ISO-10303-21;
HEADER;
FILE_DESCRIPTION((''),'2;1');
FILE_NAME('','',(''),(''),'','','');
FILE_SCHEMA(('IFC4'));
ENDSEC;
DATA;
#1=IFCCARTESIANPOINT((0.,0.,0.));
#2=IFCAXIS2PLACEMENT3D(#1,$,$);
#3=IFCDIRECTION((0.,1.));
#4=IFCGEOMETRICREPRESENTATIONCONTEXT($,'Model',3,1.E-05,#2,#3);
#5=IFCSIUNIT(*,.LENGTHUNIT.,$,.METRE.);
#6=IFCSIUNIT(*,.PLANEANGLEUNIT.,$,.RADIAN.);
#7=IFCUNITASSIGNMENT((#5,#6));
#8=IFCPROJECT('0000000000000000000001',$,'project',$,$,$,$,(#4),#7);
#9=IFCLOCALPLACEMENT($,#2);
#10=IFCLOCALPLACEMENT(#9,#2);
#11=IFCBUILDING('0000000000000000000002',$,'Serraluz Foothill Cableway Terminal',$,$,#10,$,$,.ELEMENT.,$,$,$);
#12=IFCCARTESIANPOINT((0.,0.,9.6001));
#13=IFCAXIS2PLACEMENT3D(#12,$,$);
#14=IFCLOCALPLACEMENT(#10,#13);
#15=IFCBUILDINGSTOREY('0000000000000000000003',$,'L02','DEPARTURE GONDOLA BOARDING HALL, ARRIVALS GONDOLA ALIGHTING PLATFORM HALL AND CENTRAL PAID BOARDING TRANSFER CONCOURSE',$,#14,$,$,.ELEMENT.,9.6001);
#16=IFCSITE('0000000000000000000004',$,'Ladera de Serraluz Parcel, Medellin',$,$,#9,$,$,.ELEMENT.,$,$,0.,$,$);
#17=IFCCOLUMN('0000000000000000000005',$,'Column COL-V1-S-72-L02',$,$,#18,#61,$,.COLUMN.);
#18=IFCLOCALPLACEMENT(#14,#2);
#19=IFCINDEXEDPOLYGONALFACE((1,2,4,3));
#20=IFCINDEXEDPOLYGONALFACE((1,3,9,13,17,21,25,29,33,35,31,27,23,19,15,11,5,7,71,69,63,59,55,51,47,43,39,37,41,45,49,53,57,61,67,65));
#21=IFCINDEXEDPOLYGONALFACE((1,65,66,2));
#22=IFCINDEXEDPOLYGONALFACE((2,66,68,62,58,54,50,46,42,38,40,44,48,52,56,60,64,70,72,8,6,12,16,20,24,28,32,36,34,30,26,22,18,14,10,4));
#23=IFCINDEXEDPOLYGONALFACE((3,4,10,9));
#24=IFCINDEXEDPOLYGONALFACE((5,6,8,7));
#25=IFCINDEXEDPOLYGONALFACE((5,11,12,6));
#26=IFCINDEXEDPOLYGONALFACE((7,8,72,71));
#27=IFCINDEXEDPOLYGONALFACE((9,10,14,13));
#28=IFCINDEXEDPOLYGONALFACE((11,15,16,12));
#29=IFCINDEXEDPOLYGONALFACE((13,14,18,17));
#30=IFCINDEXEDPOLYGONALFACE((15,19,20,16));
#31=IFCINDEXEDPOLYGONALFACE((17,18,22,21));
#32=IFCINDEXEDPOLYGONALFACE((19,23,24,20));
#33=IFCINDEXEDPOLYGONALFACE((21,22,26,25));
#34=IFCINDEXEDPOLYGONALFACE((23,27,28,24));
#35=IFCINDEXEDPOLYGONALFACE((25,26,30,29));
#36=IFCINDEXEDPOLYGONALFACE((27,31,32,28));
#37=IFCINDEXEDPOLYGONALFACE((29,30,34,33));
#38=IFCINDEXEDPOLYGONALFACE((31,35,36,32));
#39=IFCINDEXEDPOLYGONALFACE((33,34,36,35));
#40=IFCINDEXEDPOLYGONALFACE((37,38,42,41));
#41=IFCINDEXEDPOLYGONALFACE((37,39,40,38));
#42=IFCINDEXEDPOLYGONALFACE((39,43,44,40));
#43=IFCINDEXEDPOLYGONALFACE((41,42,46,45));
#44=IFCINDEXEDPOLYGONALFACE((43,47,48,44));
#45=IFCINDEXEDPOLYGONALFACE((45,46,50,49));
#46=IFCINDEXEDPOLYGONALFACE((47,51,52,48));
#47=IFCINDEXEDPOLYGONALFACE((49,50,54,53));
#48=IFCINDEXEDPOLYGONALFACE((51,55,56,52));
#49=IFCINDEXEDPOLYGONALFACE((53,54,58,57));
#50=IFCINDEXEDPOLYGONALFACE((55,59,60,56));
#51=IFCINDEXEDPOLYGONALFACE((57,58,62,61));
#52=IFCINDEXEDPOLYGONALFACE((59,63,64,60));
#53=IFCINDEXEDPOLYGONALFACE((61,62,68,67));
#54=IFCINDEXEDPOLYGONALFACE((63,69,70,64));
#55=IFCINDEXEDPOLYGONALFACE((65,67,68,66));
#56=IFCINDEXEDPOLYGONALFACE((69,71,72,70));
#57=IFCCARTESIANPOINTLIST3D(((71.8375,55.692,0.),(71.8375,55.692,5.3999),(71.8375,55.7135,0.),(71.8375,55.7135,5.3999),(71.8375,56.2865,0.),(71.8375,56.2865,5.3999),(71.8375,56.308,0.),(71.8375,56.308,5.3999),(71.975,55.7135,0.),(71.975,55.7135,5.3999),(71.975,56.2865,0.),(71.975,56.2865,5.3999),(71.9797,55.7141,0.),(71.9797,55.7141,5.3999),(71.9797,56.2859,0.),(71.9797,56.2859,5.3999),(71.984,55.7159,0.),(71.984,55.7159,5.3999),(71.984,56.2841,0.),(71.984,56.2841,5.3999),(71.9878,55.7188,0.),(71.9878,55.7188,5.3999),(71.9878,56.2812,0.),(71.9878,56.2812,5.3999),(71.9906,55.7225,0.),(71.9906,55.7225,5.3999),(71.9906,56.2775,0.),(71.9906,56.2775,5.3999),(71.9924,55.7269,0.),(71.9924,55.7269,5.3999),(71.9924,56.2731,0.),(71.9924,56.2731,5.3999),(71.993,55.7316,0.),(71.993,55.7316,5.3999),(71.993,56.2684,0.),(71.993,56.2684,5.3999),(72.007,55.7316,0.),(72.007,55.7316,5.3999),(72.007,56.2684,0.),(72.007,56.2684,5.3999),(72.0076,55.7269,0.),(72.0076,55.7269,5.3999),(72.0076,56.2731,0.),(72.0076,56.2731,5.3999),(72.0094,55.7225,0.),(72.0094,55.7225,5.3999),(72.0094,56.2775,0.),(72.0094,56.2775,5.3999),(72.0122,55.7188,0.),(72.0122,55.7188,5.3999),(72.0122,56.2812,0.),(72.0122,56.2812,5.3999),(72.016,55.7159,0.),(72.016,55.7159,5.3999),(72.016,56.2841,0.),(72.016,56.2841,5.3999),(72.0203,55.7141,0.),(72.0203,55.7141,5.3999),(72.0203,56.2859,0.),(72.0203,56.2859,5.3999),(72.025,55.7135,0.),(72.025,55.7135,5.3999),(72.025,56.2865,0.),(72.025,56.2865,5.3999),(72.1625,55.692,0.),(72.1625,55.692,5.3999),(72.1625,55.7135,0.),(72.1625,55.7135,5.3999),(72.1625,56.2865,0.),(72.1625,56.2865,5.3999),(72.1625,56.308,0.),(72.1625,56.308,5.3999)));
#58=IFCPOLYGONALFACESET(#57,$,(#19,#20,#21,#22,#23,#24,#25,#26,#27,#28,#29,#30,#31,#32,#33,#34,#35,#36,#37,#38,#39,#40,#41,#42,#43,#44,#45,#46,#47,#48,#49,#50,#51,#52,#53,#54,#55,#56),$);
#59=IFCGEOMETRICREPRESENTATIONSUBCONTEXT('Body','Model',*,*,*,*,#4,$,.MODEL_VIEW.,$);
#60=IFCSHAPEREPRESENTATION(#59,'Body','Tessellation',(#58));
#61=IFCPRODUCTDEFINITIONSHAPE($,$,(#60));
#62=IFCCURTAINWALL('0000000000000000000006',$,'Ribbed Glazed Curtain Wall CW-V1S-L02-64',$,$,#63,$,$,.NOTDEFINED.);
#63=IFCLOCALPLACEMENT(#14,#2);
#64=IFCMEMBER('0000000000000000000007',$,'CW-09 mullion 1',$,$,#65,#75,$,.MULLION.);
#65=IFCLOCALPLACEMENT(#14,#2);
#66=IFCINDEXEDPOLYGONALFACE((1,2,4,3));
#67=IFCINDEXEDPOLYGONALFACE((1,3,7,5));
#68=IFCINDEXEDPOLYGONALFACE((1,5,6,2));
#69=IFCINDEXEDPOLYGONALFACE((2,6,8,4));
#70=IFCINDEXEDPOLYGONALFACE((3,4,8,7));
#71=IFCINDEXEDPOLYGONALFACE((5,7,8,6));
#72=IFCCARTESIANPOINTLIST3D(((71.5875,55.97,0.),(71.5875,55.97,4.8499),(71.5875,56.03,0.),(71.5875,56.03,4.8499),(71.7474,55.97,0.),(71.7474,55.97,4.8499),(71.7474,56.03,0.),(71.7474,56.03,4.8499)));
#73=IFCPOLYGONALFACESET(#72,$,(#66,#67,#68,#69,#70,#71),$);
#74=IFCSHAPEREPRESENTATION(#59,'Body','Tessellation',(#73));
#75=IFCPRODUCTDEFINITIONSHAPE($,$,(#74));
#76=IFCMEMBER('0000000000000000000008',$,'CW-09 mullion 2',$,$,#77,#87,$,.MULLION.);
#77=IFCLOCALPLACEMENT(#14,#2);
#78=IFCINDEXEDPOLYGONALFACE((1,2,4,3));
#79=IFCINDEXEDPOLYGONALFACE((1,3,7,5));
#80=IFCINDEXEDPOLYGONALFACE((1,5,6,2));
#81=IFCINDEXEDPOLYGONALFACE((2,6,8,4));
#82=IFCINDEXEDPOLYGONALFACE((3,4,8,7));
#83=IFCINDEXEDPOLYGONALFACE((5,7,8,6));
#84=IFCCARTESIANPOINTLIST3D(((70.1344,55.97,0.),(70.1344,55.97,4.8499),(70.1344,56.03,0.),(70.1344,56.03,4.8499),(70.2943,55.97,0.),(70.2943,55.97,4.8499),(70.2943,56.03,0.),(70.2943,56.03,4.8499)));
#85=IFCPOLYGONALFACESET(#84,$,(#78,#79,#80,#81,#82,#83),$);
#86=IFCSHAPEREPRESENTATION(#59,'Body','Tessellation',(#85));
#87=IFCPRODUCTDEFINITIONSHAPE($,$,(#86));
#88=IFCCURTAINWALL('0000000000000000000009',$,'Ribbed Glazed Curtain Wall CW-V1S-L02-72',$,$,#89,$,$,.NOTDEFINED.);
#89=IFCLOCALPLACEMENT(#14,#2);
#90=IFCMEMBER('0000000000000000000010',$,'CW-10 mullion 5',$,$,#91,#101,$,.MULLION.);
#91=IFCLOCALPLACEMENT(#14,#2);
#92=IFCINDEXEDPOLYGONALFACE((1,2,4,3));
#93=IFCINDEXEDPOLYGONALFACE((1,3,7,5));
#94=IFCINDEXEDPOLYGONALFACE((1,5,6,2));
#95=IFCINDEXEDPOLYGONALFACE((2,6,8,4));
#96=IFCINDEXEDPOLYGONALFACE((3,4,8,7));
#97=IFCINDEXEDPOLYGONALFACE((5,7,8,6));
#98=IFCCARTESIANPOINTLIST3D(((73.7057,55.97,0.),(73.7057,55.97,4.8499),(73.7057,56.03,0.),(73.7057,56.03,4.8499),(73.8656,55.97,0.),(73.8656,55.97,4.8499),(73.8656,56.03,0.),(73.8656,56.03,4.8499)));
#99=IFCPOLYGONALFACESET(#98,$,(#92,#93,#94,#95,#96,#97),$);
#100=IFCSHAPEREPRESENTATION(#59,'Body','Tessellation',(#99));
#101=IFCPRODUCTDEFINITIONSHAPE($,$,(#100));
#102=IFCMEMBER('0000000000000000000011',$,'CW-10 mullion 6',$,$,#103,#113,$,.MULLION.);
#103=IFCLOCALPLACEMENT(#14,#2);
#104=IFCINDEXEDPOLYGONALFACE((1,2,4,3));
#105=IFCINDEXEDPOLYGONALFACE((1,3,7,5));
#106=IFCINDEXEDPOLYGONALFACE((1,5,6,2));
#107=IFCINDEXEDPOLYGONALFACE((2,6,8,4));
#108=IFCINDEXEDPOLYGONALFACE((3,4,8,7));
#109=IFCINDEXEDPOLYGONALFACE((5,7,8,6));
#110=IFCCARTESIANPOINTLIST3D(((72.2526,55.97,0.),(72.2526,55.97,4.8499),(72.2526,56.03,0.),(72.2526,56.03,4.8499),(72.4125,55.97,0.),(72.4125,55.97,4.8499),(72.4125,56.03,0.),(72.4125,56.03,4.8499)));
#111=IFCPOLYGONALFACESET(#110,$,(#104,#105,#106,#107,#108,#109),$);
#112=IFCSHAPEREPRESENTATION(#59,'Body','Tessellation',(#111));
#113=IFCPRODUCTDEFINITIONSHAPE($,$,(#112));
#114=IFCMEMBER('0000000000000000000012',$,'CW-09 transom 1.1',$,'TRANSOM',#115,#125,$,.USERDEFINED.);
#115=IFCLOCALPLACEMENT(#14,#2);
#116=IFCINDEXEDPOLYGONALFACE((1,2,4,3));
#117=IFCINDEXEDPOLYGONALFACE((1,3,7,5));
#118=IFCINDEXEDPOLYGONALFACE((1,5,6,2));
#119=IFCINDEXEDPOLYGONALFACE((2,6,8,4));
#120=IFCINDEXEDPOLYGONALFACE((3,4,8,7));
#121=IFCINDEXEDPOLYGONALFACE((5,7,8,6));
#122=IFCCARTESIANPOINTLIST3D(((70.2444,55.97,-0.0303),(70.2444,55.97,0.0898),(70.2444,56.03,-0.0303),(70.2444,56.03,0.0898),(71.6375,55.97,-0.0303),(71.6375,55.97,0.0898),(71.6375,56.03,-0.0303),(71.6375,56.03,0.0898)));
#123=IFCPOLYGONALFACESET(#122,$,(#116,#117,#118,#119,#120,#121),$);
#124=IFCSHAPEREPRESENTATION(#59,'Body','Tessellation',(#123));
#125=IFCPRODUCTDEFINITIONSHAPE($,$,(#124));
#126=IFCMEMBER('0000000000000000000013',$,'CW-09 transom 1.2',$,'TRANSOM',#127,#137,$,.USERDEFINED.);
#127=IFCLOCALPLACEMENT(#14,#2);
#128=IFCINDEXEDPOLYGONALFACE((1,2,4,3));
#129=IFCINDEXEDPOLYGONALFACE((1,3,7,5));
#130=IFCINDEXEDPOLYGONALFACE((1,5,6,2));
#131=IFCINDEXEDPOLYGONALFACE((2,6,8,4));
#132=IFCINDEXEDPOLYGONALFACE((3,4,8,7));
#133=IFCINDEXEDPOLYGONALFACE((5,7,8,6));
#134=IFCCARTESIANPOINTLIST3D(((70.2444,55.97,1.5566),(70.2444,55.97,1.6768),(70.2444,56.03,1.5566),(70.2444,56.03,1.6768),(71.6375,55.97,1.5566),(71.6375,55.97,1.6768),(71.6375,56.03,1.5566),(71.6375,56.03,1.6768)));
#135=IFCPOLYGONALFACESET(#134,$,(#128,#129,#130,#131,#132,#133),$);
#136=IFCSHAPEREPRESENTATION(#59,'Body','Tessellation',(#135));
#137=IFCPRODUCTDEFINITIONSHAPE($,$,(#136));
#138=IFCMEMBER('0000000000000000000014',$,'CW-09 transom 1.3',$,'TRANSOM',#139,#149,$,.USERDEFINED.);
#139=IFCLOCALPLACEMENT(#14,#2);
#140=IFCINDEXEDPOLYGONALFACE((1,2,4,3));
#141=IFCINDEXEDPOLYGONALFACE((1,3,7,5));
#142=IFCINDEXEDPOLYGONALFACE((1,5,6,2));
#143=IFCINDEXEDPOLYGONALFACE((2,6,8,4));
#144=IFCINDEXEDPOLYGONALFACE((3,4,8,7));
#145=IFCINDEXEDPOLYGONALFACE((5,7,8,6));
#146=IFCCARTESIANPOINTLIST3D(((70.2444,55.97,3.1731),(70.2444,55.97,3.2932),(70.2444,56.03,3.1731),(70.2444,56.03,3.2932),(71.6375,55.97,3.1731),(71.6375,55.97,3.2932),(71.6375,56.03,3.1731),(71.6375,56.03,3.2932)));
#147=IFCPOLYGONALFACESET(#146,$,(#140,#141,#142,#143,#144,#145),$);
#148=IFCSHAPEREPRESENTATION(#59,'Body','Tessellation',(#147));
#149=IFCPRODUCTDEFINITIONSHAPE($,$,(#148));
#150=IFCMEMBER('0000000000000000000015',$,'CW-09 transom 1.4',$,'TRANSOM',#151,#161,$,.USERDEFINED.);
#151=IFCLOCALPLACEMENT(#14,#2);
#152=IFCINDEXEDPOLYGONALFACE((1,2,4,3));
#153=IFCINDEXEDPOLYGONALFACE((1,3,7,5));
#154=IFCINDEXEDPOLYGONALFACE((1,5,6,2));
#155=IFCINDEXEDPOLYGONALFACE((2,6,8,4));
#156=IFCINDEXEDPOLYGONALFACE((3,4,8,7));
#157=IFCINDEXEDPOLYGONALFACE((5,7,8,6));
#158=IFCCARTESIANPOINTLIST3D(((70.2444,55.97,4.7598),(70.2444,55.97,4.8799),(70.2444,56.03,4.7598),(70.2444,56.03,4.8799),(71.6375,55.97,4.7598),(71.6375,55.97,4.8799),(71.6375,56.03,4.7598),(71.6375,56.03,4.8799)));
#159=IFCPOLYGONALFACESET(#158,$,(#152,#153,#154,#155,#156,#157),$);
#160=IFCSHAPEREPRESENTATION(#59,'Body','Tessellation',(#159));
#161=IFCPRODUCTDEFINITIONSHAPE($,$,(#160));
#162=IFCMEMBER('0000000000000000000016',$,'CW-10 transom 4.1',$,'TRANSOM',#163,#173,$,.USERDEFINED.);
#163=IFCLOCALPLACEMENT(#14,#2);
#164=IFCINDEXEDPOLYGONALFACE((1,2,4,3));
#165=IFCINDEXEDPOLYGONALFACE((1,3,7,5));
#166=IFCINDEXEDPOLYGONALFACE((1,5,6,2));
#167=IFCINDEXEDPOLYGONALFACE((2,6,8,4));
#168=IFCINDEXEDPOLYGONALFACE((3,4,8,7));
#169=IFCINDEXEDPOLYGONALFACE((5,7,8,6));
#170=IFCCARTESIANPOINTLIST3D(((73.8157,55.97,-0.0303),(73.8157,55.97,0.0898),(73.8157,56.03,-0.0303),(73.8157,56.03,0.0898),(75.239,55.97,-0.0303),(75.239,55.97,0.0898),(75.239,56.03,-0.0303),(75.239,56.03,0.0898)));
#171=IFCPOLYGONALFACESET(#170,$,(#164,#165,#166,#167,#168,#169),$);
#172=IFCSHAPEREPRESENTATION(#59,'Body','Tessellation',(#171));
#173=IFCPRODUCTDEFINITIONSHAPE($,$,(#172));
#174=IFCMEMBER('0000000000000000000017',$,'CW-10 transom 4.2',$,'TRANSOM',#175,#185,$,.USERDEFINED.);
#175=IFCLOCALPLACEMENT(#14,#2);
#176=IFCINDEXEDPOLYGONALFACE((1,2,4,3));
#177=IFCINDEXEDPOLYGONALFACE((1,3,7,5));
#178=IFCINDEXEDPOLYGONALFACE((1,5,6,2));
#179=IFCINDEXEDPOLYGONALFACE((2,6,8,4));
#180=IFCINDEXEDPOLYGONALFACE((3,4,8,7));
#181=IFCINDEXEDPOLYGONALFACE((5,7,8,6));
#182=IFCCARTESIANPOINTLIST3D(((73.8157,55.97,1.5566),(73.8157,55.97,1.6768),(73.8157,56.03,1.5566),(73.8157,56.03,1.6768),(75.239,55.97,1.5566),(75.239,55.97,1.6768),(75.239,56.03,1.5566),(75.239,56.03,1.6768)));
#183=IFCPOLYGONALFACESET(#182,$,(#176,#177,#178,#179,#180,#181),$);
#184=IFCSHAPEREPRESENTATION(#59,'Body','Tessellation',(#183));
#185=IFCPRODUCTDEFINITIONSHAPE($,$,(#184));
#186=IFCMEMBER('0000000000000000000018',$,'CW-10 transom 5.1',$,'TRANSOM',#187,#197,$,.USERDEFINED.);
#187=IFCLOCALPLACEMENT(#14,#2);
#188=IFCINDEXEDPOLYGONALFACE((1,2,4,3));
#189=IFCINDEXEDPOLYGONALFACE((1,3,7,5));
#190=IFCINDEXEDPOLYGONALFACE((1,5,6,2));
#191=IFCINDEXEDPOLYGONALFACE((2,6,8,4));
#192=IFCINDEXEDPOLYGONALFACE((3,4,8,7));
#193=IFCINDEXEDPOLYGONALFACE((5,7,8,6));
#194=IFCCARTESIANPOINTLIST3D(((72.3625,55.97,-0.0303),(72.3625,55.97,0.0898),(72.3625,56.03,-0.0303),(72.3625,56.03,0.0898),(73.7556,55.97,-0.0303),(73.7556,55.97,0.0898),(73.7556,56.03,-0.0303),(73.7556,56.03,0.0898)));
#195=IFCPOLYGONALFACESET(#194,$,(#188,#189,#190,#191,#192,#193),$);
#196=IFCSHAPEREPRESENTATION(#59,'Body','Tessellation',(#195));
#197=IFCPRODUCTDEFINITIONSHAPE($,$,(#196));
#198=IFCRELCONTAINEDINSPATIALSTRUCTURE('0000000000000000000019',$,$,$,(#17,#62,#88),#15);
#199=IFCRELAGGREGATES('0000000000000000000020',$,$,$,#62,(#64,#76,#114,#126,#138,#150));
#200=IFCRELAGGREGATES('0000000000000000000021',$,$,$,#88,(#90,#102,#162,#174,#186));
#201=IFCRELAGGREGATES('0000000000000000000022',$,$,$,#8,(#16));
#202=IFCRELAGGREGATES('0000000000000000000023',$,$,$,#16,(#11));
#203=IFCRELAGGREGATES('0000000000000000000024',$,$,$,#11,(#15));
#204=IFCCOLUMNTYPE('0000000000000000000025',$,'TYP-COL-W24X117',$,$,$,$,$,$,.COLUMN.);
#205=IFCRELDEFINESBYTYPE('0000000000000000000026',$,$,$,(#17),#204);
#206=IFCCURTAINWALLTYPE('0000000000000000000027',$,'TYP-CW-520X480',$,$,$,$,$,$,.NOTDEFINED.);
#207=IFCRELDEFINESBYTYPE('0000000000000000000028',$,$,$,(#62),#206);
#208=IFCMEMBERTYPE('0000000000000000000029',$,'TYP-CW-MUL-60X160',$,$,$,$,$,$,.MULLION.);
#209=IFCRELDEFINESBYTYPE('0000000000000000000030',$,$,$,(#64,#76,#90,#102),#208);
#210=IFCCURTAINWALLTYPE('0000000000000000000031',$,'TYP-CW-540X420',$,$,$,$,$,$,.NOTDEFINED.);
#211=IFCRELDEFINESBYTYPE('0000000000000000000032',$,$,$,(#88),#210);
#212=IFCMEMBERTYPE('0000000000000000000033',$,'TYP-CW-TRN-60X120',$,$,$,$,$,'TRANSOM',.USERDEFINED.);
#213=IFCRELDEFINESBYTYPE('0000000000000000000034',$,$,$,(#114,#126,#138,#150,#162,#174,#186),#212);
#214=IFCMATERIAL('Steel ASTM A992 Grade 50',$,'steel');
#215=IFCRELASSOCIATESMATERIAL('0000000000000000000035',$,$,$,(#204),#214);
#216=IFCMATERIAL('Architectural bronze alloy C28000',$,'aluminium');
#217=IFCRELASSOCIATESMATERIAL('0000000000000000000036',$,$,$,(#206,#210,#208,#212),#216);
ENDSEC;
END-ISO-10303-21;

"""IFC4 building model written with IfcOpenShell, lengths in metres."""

from ifc_helpers import new_model, si_unit, direction, frame, origin, origin_2d, place, context, subcontext, project, spatial, rectangle, i_section, extrude, material, material_profile, profile_set, type_object, element, aggregate, save


model = new_model("IFC4")

# Units and contexts
model_context = context("Model", 3, precision=1e-05, world=origin(), true_north=direction((0.0, 1.0)))
body_context = subcontext(model_context, "Body", "Model", "MODEL_VIEW")
ifc_project = project(units=[si_unit("LENGTHUNIT", "METRE"), si_unit("PLANEANGLEUNIT", "RADIAN")], contexts=[model_context])

# Site, building, storey
site_placement = place(None, origin())
site = spatial("IfcSite", under=ifc_project, at=site_placement, Name="Ladera de Serraluz Parcel, Medellin", CompositionType="ELEMENT", RefElevation=0.0)
building_placement = place(site_placement, origin())
building = spatial("IfcBuilding", under=site, at=building_placement, Name="Serraluz Foothill Cableway Terminal", CompositionType="ELEMENT")
storey_placement = place(building_placement, frame((0.0, 0.0, 9.6001)))
storey = spatial("IfcBuildingStorey", under=building, at=storey_placement, Name="L02", Description="DEPARTURE GONDOLA BOARDING HALL, ARRIVALS GONDOLA ALIGHTING PLATFORM HALL AND CENTRAL PAID BOARDING TRANSFER CONCOURSE", CompositionType="ELEMENT", Elevation=9.6001)

# Column
ifc_material_1 = material(Name="Steel ASTM A992 Grade 50", Category="steel")
ifc_material_profile_1 = material_profile(ifc_material_1, i_section(OverallWidth=0.325, OverallDepth=0.616, WebThickness=0.0139, FlangeThickness=0.0215, FilletRadius=0.0181, at=origin_2d()), Name="W24X117")
ifc_profile_set_1 = profile_set([ifc_material_profile_1], Name="Steel ASTM A992 Grade 50")
column_type = type_object("IfcColumnType", Name="TYP-COL-W24X117", PredefinedType="COLUMN", material=ifc_profile_set_1)
column_placement = place(storey_placement, frame((72.0, 56.0, 0.0), z_axis=(0.0, 0.0, 1.0), x_axis=(1.0, 0.0, 0.0)))
element("IfcColumn", 1, at=column_placement, inside=storey, type_object=column_type, Name="Column COL-V1-S-72-L02", PredefinedType="COLUMN", context=body_context, shape_type="SweptSolid", body=[
    extrude(i_section(OverallWidth=0.325, OverallDepth=0.616, WebThickness=0.0139, FlangeThickness=0.0215, FilletRadius=0.0181, at=origin_2d()), origin(), (0.0, 0.0, 1.0), 5.3999),
])

# Curtain walls, members
ifc_material_2 = material(Name="Architectural bronze alloy C28000", Category="aluminium")
curtain_wall_type_1 = type_object("IfcCurtainWallType", Name="TYP-CW-520X480", PredefinedType="NOTDEFINED", material=ifc_material_2)
curtain_wall_1_placement = place(storey_placement, origin())
curtain_wall_1 = element("IfcCurtainWall", 2, at=curtain_wall_1_placement, inside=storey, type_object=curtain_wall_type_1, Name="Ribbed Glazed Curtain Wall CW-V1S-L02-64", PredefinedType="NOTDEFINED")
ifc_material_profile_2 = material_profile(ifc_material_2, rectangle(XDim=0.0601, YDim=0.1599, at=origin_2d()), Name="ALU MULLION 60x160")
ifc_profile_set_2 = profile_set([ifc_material_profile_2], Name="Architectural bronze alloy C28000")
member_type_1 = type_object("IfcMemberType", Name="TYP-CW-MUL-60X160", PredefinedType="MULLION", material=ifc_profile_set_2)
member_1_placement = place(storey_placement, frame((71.6675, 56.0, 0.0), z_axis=(0.0, 0.0, 1.0), x_axis=(0.0, -1.0, 0.0)))
member_1 = element("IfcMember", 3, at=member_1_placement, type_object=member_type_1, Name="CW-09 mullion 1", PredefinedType="MULLION", context=body_context, shape_type="SweptSolid", body=[
    extrude(rectangle(XDim=0.0601, YDim=0.1599, at=origin_2d()), origin(), (0.0, 0.0, 1.0), 4.8499),
])
member_2_placement = place(storey_placement, frame((70.2144, 56.0, 0.0), z_axis=(0.0, 0.0, 1.0), x_axis=(0.0, -1.0, 0.0)))
member_2 = element("IfcMember", 4, at=member_2_placement, type_object=member_type_1, Name="CW-09 mullion 2", PredefinedType="MULLION", context=body_context, shape_type="SweptSolid", body=[
    extrude(rectangle(XDim=0.0601, YDim=0.1599, at=origin_2d()), origin(), (0.0, 0.0, 1.0), 4.8499),
])
curtain_wall_type_2 = type_object("IfcCurtainWallType", Name="TYP-CW-540X420", PredefinedType="NOTDEFINED", material=ifc_material_2)
curtain_wall_2_placement = place(storey_placement, origin())
curtain_wall_2 = element("IfcCurtainWall", 5, at=curtain_wall_2_placement, inside=storey, type_object=curtain_wall_type_2, Name="Ribbed Glazed Curtain Wall CW-V1S-L02-72", PredefinedType="NOTDEFINED")
member_3_placement = place(storey_placement, frame((73.7856, 56.0, 0.0), z_axis=(0.0, 0.0, 1.0), x_axis=(0.0, -1.0, 0.0)))
member_3 = element("IfcMember", 6, at=member_3_placement, type_object=member_type_1, Name="CW-10 mullion 5", PredefinedType="MULLION", context=body_context, shape_type="SweptSolid", body=[
    extrude(rectangle(XDim=0.0601, YDim=0.1599, at=origin_2d()), origin(), (0.0, 0.0, 1.0), 4.8499),
])
member_4_placement = place(storey_placement, frame((72.3325, 56.0, 0.0), z_axis=(0.0, 0.0, 1.0), x_axis=(0.0, -1.0, 0.0)))
member_4 = element("IfcMember", 7, at=member_4_placement, type_object=member_type_1, Name="CW-10 mullion 6", PredefinedType="MULLION", context=body_context, shape_type="SweptSolid", body=[
    extrude(rectangle(XDim=0.0601, YDim=0.1599, at=origin_2d()), origin(), (0.0, 0.0, 1.0), 4.8499),
])

# Members
ifc_material_profile_3 = material_profile(ifc_material_2, rectangle(XDim=0.0601, YDim=0.1201, at=origin_2d()), Name="ALU TRANSOM 60x120")
ifc_profile_set_3 = profile_set([ifc_material_profile_3], Name="Architectural bronze alloy C28000")
member_type_2 = type_object("IfcMemberType", Name="TYP-CW-TRN-60X120", ElementType="TRANSOM", PredefinedType="USERDEFINED", material=ifc_profile_set_3)
member_5_placement = place(storey_placement, frame((71.6375, 56.0, 0.0298), z_axis=(-1.0, 0.0, 0.0), x_axis=(0.0, -1.0, 0.0)))
member_5 = element("IfcMember", 8, at=member_5_placement, type_object=member_type_2, Name="CW-09 transom 1.1", ObjectType="TRANSOM", PredefinedType="USERDEFINED", context=body_context, shape_type="SweptSolid", body=[
    extrude(rectangle(XDim=0.0601, YDim=0.1201, at=origin_2d()), origin(), (0.0, 0.0, 1.0), 1.3931),
])
member_6_placement = place(storey_placement, frame((71.6375, 56.0, 1.6167), z_axis=(-1.0, 0.0, 0.0), x_axis=(0.0, -1.0, 0.0)))
member_6 = element("IfcMember", 9, at=member_6_placement, type_object=member_type_2, Name="CW-09 transom 1.2", ObjectType="TRANSOM", PredefinedType="USERDEFINED", context=body_context, shape_type="SweptSolid", body=[
    extrude(rectangle(XDim=0.0601, YDim=0.1201, at=origin_2d()), origin(), (0.0, 0.0, 1.0), 1.3931),
])
member_7_placement = place(storey_placement, frame((71.6375, 56.0, 3.2332), z_axis=(-1.0, 0.0, 0.0), x_axis=(0.0, -1.0, 0.0)))
member_7 = element("IfcMember", 10, at=member_7_placement, type_object=member_type_2, Name="CW-09 transom 1.3", ObjectType="TRANSOM", PredefinedType="USERDEFINED", context=body_context, shape_type="SweptSolid", body=[
    extrude(rectangle(XDim=0.0601, YDim=0.1201, at=origin_2d()), origin(), (0.0, 0.0, 1.0), 1.3931),
])
member_8_placement = place(storey_placement, frame((71.6375, 56.0, 4.8198), z_axis=(-1.0, 0.0, 0.0), x_axis=(0.0, -1.0, 0.0)))
member_8 = element("IfcMember", 11, at=member_8_placement, type_object=member_type_2, Name="CW-09 transom 1.4", ObjectType="TRANSOM", PredefinedType="USERDEFINED", context=body_context, shape_type="SweptSolid", body=[
    extrude(rectangle(XDim=0.0601, YDim=0.1201, at=origin_2d()), origin(), (0.0, 0.0, 1.0), 1.3931),
])
member_9_placement = place(storey_placement, frame((75.239, 56.0, 0.0298), z_axis=(-1.0, 0.0, 0.0), x_axis=(0.0, -1.0, 0.0)))
member_9 = element("IfcMember", 12, at=member_9_placement, type_object=member_type_2, Name="CW-10 transom 4.1", ObjectType="TRANSOM", PredefinedType="USERDEFINED", context=body_context, shape_type="SweptSolid", body=[
    extrude(rectangle(XDim=0.0601, YDim=0.1201, at=origin_2d()), origin(), (0.0, 0.0, 1.0), 1.4233),
])
member_10_placement = place(storey_placement, frame((75.239, 56.0, 1.6167), z_axis=(-1.0, 0.0, 0.0), x_axis=(0.0, -1.0, 0.0)))
member_10 = element("IfcMember", 13, at=member_10_placement, type_object=member_type_2, Name="CW-10 transom 4.2", ObjectType="TRANSOM", PredefinedType="USERDEFINED", context=body_context, shape_type="SweptSolid", body=[
    extrude(rectangle(XDim=0.0601, YDim=0.1201, at=origin_2d()), origin(), (0.0, 0.0, 1.0), 1.4233),
])
member_11_placement = place(storey_placement, frame((73.7556, 56.0, 0.0298), z_axis=(-1.0, 0.0, 0.0), x_axis=(0.0, -1.0, 0.0)))
member_11 = element("IfcMember", 14, at=member_11_placement, type_object=member_type_2, Name="CW-10 transom 5.1", ObjectType="TRANSOM", PredefinedType="USERDEFINED", context=body_context, shape_type="SweptSolid", body=[
    extrude(rectangle(XDim=0.0601, YDim=0.1201, at=origin_2d()), origin(), (0.0, 0.0, 1.0), 1.3931),
])

aggregate(curtain_wall_1, [member_1, member_2, member_5, member_6, member_7, member_8])
aggregate(curtain_wall_2, [member_3, member_4, member_9, member_10, member_11])

save(model, "model.ifc")
